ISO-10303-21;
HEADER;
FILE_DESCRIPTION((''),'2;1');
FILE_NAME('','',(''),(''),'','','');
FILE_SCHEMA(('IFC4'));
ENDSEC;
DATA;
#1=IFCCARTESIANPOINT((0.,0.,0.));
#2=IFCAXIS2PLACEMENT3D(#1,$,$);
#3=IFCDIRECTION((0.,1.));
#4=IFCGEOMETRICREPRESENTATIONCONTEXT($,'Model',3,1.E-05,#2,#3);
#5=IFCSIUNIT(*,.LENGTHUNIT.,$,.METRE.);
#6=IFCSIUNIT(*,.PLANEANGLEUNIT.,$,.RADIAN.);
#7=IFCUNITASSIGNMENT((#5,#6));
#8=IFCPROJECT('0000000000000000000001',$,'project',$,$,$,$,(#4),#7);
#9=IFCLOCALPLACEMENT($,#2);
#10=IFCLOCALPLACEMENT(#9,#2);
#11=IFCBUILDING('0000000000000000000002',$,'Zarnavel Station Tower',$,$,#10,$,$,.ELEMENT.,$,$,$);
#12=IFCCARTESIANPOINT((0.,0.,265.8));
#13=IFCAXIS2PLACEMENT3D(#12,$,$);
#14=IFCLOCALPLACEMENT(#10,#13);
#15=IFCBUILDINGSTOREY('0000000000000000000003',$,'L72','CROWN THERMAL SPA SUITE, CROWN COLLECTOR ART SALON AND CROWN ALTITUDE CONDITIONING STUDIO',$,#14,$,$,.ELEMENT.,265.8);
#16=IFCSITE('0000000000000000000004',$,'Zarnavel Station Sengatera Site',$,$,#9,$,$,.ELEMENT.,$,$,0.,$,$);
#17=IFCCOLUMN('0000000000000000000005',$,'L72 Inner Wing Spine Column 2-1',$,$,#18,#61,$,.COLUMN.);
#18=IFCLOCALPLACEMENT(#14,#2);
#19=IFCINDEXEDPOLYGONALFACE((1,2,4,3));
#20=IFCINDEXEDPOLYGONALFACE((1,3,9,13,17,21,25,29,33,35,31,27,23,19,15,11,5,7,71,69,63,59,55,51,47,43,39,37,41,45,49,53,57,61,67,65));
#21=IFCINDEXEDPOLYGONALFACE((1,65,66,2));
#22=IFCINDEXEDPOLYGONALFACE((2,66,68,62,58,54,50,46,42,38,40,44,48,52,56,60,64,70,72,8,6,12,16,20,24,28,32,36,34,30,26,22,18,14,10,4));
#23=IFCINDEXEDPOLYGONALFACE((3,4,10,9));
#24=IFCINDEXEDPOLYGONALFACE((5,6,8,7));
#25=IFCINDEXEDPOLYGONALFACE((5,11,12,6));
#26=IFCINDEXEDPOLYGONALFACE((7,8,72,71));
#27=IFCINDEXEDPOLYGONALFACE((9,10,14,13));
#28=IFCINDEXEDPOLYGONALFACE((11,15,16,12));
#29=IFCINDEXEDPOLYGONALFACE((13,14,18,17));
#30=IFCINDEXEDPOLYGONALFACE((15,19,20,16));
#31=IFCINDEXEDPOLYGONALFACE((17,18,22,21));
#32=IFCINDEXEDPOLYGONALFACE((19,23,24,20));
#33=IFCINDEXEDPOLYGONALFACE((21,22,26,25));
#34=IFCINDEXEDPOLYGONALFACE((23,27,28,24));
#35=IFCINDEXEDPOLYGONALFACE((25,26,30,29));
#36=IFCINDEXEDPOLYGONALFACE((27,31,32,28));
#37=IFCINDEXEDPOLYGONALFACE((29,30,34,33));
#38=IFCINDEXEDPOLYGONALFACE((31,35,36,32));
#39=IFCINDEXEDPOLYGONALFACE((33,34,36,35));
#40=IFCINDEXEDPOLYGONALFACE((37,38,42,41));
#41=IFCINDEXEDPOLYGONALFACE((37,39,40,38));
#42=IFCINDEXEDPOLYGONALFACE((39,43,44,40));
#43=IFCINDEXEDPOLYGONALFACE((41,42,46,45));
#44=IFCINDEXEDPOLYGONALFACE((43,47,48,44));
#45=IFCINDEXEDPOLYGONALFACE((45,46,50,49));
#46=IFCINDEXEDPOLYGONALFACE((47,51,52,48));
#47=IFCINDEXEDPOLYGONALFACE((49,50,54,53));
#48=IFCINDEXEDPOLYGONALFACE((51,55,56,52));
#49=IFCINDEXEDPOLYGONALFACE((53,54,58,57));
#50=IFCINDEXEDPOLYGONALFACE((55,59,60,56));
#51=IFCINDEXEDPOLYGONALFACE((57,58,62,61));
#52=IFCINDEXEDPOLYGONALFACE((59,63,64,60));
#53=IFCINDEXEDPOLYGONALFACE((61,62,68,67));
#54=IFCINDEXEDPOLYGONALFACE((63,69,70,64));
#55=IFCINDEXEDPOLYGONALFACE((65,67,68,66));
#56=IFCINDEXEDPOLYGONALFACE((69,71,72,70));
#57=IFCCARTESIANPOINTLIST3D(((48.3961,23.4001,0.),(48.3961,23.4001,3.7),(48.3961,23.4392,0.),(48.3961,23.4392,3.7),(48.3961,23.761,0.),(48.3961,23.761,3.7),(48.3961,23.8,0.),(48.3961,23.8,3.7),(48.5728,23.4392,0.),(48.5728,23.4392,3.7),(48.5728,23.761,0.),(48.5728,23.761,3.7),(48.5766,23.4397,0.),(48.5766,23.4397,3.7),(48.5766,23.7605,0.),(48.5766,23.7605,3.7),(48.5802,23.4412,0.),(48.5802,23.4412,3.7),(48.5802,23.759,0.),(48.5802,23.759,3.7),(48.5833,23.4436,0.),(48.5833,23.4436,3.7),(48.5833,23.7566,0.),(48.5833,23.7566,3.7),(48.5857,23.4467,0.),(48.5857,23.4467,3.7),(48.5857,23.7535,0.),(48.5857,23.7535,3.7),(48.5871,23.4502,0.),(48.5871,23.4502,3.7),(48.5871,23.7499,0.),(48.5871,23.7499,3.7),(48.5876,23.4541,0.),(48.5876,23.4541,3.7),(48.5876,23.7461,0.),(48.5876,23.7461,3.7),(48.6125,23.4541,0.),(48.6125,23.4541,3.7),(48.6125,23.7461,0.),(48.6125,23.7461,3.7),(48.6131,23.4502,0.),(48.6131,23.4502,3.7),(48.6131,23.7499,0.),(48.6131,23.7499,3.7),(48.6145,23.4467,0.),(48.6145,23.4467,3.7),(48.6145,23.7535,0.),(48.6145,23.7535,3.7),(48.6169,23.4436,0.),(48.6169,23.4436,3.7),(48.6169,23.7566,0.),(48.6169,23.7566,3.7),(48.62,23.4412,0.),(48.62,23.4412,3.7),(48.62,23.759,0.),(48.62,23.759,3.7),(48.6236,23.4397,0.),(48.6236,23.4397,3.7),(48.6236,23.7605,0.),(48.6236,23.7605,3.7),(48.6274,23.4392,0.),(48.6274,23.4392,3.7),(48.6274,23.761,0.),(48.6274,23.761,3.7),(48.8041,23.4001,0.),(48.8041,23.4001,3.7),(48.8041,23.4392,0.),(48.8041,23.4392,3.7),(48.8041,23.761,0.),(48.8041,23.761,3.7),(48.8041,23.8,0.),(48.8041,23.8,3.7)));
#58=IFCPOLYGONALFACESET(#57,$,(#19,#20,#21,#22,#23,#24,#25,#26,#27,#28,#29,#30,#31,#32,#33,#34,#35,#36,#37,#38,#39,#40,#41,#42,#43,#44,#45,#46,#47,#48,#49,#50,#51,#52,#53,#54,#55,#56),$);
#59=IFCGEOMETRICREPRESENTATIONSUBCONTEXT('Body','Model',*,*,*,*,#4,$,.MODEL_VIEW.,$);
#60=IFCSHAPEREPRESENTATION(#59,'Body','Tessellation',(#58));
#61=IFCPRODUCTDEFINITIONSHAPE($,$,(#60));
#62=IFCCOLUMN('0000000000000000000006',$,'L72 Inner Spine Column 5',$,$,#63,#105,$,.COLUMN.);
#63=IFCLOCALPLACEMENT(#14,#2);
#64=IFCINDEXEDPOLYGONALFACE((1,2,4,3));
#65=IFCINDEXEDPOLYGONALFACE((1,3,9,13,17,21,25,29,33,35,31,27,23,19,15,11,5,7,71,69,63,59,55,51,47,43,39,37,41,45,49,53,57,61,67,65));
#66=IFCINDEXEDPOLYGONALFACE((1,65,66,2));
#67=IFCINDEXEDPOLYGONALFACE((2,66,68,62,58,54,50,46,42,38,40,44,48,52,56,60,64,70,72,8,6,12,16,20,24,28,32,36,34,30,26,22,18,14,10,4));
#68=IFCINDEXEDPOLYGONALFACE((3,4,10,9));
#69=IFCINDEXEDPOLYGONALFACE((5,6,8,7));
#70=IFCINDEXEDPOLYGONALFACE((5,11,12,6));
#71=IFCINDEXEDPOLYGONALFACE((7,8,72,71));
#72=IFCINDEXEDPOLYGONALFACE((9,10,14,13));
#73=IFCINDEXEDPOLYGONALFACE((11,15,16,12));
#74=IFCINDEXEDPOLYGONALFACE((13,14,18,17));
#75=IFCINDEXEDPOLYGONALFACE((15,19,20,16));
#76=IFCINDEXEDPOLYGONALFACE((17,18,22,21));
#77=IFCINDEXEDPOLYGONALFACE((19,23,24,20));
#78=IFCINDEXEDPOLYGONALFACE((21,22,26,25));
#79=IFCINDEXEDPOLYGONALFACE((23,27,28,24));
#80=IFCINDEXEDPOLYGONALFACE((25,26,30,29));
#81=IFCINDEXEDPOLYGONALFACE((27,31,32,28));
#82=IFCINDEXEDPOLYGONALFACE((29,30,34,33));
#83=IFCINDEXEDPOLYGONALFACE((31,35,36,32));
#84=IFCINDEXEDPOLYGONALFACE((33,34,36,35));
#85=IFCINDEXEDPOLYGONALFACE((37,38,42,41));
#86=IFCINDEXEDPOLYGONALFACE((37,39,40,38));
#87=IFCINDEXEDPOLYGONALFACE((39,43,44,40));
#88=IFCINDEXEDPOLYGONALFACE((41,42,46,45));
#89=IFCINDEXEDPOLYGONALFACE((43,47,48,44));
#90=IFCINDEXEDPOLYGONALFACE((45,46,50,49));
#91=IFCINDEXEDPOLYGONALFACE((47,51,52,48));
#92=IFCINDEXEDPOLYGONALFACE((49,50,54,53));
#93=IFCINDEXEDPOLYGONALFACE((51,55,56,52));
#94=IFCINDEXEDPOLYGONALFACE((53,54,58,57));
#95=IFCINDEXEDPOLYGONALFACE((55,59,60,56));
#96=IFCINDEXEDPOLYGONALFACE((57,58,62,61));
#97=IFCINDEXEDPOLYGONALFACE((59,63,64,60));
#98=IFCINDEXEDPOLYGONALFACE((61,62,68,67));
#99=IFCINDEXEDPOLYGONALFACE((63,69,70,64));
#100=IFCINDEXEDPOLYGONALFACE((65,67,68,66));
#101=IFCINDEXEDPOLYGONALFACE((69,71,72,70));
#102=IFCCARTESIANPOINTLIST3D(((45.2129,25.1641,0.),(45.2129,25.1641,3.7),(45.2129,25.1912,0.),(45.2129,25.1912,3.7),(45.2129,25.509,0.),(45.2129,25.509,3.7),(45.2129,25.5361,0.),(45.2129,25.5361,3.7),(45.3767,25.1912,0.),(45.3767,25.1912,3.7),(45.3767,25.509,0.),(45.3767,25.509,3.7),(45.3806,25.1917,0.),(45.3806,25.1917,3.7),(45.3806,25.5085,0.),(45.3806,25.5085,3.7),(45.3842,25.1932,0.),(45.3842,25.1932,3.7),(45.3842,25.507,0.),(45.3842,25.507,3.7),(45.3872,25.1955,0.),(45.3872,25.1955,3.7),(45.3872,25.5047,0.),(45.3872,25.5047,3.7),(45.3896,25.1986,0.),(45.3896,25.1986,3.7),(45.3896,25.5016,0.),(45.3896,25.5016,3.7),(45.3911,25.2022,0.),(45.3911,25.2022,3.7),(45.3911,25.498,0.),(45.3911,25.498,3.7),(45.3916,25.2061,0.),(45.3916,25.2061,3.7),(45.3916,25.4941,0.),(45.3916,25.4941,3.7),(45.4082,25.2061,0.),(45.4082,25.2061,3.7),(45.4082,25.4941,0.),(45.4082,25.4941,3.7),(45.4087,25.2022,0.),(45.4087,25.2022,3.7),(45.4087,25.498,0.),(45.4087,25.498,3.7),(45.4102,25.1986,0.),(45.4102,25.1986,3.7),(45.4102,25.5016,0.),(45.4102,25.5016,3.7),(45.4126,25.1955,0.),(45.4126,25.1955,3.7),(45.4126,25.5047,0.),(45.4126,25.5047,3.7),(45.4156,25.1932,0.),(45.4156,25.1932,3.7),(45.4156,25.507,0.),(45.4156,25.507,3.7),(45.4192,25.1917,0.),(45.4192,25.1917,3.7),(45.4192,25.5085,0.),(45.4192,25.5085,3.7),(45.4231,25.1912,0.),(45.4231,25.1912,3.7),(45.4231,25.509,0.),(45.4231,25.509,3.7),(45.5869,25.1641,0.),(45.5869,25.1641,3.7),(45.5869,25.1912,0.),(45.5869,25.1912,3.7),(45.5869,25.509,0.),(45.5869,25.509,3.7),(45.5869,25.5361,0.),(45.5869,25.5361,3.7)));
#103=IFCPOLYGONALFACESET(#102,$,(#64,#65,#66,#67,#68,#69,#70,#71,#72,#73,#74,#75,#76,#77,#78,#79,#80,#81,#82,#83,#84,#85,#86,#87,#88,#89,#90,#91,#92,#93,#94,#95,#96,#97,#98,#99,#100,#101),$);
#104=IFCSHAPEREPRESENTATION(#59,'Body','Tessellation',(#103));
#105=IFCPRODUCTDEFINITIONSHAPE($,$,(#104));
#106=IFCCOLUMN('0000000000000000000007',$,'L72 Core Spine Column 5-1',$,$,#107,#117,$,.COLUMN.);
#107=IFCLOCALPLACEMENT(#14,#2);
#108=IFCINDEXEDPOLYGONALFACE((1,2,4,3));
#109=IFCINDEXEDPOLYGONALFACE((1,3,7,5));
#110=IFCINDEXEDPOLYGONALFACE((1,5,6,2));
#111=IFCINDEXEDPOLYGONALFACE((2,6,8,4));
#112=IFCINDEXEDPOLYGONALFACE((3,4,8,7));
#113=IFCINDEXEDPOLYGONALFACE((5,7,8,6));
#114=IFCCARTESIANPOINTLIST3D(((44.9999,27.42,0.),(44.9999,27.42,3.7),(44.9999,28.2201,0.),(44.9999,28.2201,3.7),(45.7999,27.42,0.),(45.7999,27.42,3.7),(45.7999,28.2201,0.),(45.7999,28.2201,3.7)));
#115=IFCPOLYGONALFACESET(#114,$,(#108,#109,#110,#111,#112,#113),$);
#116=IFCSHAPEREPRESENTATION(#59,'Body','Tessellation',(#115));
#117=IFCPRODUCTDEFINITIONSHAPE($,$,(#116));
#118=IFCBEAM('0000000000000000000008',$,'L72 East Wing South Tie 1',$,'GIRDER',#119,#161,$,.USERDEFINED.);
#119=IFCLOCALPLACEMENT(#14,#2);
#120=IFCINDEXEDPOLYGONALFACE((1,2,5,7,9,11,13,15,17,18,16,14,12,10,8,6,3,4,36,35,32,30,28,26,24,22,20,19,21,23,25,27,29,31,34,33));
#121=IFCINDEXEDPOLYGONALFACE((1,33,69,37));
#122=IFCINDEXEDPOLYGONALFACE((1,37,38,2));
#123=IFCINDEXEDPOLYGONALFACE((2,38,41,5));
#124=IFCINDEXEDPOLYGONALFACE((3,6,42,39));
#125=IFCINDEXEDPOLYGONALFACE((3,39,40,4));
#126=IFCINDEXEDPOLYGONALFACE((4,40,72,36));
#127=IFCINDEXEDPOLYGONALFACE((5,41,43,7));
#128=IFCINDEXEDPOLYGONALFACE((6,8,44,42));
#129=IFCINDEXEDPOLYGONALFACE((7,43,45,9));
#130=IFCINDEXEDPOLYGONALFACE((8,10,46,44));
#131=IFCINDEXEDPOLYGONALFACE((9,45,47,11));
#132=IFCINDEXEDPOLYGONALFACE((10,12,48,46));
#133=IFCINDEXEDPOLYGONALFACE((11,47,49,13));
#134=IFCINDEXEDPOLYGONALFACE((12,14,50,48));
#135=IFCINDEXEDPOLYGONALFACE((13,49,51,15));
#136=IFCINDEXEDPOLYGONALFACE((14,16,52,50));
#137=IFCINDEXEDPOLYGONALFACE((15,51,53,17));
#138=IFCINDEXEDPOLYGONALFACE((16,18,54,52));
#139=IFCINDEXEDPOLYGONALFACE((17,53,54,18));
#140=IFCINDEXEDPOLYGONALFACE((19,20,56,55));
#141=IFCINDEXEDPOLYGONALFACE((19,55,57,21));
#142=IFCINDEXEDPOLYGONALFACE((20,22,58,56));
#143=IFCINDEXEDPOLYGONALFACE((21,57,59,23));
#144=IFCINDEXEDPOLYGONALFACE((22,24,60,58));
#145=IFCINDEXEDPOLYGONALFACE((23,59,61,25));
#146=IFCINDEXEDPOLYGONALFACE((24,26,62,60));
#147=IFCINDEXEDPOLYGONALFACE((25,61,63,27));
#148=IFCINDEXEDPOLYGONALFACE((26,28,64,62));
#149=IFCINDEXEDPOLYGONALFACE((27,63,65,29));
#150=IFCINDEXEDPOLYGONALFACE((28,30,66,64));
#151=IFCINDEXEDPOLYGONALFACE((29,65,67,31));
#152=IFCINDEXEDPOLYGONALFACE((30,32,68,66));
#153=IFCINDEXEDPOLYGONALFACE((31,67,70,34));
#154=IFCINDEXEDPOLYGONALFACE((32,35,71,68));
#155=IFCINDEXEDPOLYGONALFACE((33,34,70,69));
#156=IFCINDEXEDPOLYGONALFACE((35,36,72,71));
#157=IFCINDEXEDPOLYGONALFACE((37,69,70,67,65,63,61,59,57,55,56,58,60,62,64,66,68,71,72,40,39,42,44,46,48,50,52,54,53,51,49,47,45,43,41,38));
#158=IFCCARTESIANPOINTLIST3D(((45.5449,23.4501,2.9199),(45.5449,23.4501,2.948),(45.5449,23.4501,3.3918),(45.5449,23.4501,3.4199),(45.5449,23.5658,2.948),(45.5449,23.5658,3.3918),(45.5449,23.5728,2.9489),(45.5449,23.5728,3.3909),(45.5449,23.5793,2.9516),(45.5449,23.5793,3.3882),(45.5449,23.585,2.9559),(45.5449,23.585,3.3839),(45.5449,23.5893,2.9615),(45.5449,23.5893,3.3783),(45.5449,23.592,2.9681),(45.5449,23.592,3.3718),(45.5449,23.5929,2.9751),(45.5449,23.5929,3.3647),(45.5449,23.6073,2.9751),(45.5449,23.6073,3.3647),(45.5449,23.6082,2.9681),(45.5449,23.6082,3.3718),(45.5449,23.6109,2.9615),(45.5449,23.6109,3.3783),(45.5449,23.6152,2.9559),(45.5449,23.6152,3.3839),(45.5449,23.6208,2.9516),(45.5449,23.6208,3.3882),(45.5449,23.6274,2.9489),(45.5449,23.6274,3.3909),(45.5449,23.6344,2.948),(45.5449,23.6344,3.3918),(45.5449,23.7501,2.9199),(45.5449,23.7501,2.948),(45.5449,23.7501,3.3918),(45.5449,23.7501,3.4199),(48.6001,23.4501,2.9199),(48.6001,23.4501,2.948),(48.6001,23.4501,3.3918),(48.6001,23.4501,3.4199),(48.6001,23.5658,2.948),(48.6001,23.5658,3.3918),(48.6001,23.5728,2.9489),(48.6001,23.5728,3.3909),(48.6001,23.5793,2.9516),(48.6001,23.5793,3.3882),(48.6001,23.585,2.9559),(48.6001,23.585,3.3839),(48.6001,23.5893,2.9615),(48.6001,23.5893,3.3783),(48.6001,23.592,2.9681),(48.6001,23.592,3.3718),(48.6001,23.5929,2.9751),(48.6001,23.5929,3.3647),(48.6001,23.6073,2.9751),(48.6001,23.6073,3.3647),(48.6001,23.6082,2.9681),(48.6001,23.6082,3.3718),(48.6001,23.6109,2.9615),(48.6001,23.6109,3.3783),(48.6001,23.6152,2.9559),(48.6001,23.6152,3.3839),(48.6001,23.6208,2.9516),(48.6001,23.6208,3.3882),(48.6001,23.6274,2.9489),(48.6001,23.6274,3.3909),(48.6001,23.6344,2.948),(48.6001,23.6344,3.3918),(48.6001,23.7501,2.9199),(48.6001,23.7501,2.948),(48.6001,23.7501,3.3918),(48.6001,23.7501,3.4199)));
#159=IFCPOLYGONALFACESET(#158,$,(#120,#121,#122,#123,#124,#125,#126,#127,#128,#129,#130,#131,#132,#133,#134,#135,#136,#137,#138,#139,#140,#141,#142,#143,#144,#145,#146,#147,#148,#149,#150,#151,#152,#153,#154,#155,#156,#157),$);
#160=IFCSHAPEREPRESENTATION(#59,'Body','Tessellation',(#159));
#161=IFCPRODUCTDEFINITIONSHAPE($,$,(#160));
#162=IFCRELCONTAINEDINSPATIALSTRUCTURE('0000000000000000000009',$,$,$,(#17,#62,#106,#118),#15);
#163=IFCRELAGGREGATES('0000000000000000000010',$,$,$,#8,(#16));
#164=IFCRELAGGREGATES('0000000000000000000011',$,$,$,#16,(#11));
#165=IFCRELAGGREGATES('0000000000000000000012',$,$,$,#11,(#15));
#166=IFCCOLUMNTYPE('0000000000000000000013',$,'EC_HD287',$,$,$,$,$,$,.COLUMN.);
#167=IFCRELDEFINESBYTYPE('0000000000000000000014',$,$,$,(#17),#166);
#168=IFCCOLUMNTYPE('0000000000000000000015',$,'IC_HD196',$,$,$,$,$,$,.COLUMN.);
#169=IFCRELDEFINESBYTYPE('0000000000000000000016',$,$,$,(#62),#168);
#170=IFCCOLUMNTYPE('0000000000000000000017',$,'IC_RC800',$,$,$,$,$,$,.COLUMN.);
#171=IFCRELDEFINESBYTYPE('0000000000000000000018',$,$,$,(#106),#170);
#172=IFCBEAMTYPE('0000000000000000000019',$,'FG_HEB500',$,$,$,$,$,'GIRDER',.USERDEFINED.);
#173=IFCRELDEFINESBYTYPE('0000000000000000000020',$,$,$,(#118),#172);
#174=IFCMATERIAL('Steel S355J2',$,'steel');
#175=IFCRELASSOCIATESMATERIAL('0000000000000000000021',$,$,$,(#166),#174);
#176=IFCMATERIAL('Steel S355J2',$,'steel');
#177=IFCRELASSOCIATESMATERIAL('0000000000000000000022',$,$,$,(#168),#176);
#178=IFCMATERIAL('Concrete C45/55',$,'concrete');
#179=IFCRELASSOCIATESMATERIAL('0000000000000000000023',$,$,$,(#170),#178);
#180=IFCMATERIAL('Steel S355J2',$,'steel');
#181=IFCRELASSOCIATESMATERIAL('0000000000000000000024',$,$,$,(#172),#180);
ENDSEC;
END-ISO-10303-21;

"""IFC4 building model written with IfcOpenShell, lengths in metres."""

from ifc_helpers import new_model, si_unit, direction, frame, origin, origin_2d, place, context, subcontext, project, spatial, rectangle, i_section, extrude, material, material_profile, profile_set, type_object, element, save


model = new_model("IFC4")

# Units and contexts
model_context = context("Model", 3, precision=1e-05, world=origin(), true_north=direction((0.0, 1.0)))
body_context = subcontext(model_context, "Body", "Model", "MODEL_VIEW")
ifc_project = project(units=[si_unit("LENGTHUNIT", "METRE"), si_unit("PLANEANGLEUNIT", "RADIAN")], contexts=[model_context])

# Site, building, storey
site_placement = place(None, origin())
site = spatial("IfcSite", under=ifc_project, at=site_placement, Name="Zarnavel Station Sengatera Site", CompositionType="ELEMENT", RefElevation=0.0)
building_placement = place(site_placement, origin())
building = spatial("IfcBuilding", under=site, at=building_placement, Name="Zarnavel Station Tower", CompositionType="ELEMENT")
storey_placement = place(building_placement, frame((0.0, 0.0, 265.8)))
storey = spatial("IfcBuildingStorey", under=building, at=storey_placement, Name="L72", Description="CROWN THERMAL SPA SUITE, CROWN COLLECTOR ART SALON AND CROWN ALTITUDE CONDITIONING STUDIO", CompositionType="ELEMENT", Elevation=265.8)

# Columns
ifc_material_1 = material(Name="Steel S355J2", Category="steel")
ifc_material_profile_1 = material_profile(ifc_material_1, i_section(OverallWidth=0.408, OverallDepth=0.3999, WebThickness=0.0249, FlangeThickness=0.0391, FilletRadius=0.0149, at=origin_2d()), Name="HD400x287")
ifc_profile_set_1 = profile_set([ifc_material_profile_1], Name="Steel S355J2")
column_type_1 = type_object("IfcColumnType", Name="EC_HD287", PredefinedType="COLUMN", material=ifc_profile_set_1)
column_1_placement = place(storey_placement, frame((48.6001, 23.6001, 0.0), z_axis=(0.0, 0.0, 1.0), x_axis=(1.0, 0.0, 0.0)))
element("IfcColumn", 1, at=column_1_placement, inside=storey, type_object=column_type_1, Name="L72 Inner Wing Spine Column 2-1", PredefinedType="COLUMN", context=body_context, shape_type="SweptSolid", body=[
    extrude(i_section(OverallWidth=0.408, OverallDepth=0.3999, WebThickness=0.0249, FlangeThickness=0.0391, FilletRadius=0.0149, at=origin_2d()), origin(), (0.0, 0.0, 1.0), 3.7),
])
ifc_material_2 = material(Name="Steel S355J2", Category="steel")
ifc_material_profile_2 = material_profile(ifc_material_2, i_section(OverallWidth=0.374, OverallDepth=0.3721, WebThickness=0.0166, FlangeThickness=0.0271, FilletRadius=0.0149, at=origin_2d()), Name="HD360x196")
ifc_profile_set_2 = profile_set([ifc_material_profile_2], Name="Steel S355J2")
column_type_2 = type_object("IfcColumnType", Name="IC_HD196", PredefinedType="COLUMN", material=ifc_profile_set_2)
column_2_placement = place(storey_placement, frame((45.3999, 25.3501, 0.0), z_axis=(0.0, 0.0, 1.0), x_axis=(1.0, 0.0, 0.0)))
element("IfcColumn", 2, at=column_2_placement, inside=storey, type_object=column_type_2, Name="L72 Inner Spine Column 5", PredefinedType="COLUMN", context=body_context, shape_type="SweptSolid", body=[
    extrude(i_section(OverallWidth=0.374, OverallDepth=0.3721, WebThickness=0.0166, FlangeThickness=0.0271, FilletRadius=0.0149, at=origin_2d()), origin(), (0.0, 0.0, 1.0), 3.7),
])
ifc_material_3 = material(Name="Concrete C45/55", Category="concrete")
ifc_material_profile_3 = material_profile(ifc_material_3, rectangle(XDim=0.8, YDim=0.8, at=origin_2d()), Name="RC800x800")
ifc_profile_set_3 = profile_set([ifc_material_profile_3], Name="Concrete C45/55")
column_type_3 = type_object("IfcColumnType", Name="IC_RC800", PredefinedType="COLUMN", material=ifc_profile_set_3)
column_3_placement = place(storey_placement, frame((45.3999, 27.8201, 0.0), z_axis=(0.0, 0.0, 1.0), x_axis=(1.0, 0.0, 0.0)))
element("IfcColumn", 3, at=column_3_placement, inside=storey, type_object=column_type_3, Name="L72 Core Spine Column 5-1", PredefinedType="COLUMN", context=body_context, shape_type="SweptSolid", body=[
    extrude(rectangle(XDim=0.8, YDim=0.8, at=origin_2d()), origin(), (0.0, 0.0, 1.0), 3.7),
])

# Beam
ifc_material_4 = material(Name="Steel S355J2", Category="steel")
ifc_material_profile_4 = material_profile(ifc_material_4, i_section(OverallWidth=0.3, OverallDepth=0.5, WebThickness=0.0144, FlangeThickness=0.0281, FilletRadius=0.0271, at=origin_2d()), Name="HEB500")
ifc_profile_set_4 = profile_set([ifc_material_profile_4], Name="Steel S355J2")
beam_type_1 = type_object("IfcBeamType", Name="FG_HEB500", ElementType="GIRDER", PredefinedType="USERDEFINED", material=ifc_profile_set_4)
beam_1_placement = place(storey_placement, frame((45.5449, 23.6001, 3.1699), z_axis=(1.0, 0.0, 0.0), x_axis=(0.0, 1.0, 0.0)))
element("IfcBeam", 4, at=beam_1_placement, inside=storey, type_object=beam_type_1, Name="L72 East Wing South Tie 1", ObjectType="GIRDER", PredefinedType="USERDEFINED", context=body_context, shape_type="SweptSolid", body=[
    extrude(i_section(OverallWidth=0.3, OverallDepth=0.5, WebThickness=0.0144, FlangeThickness=0.0281, FilletRadius=0.0271, at=origin_2d()), origin(), (0.0, 0.0, 1.0), 3.0552),
])

save(model, "model.ifc")
